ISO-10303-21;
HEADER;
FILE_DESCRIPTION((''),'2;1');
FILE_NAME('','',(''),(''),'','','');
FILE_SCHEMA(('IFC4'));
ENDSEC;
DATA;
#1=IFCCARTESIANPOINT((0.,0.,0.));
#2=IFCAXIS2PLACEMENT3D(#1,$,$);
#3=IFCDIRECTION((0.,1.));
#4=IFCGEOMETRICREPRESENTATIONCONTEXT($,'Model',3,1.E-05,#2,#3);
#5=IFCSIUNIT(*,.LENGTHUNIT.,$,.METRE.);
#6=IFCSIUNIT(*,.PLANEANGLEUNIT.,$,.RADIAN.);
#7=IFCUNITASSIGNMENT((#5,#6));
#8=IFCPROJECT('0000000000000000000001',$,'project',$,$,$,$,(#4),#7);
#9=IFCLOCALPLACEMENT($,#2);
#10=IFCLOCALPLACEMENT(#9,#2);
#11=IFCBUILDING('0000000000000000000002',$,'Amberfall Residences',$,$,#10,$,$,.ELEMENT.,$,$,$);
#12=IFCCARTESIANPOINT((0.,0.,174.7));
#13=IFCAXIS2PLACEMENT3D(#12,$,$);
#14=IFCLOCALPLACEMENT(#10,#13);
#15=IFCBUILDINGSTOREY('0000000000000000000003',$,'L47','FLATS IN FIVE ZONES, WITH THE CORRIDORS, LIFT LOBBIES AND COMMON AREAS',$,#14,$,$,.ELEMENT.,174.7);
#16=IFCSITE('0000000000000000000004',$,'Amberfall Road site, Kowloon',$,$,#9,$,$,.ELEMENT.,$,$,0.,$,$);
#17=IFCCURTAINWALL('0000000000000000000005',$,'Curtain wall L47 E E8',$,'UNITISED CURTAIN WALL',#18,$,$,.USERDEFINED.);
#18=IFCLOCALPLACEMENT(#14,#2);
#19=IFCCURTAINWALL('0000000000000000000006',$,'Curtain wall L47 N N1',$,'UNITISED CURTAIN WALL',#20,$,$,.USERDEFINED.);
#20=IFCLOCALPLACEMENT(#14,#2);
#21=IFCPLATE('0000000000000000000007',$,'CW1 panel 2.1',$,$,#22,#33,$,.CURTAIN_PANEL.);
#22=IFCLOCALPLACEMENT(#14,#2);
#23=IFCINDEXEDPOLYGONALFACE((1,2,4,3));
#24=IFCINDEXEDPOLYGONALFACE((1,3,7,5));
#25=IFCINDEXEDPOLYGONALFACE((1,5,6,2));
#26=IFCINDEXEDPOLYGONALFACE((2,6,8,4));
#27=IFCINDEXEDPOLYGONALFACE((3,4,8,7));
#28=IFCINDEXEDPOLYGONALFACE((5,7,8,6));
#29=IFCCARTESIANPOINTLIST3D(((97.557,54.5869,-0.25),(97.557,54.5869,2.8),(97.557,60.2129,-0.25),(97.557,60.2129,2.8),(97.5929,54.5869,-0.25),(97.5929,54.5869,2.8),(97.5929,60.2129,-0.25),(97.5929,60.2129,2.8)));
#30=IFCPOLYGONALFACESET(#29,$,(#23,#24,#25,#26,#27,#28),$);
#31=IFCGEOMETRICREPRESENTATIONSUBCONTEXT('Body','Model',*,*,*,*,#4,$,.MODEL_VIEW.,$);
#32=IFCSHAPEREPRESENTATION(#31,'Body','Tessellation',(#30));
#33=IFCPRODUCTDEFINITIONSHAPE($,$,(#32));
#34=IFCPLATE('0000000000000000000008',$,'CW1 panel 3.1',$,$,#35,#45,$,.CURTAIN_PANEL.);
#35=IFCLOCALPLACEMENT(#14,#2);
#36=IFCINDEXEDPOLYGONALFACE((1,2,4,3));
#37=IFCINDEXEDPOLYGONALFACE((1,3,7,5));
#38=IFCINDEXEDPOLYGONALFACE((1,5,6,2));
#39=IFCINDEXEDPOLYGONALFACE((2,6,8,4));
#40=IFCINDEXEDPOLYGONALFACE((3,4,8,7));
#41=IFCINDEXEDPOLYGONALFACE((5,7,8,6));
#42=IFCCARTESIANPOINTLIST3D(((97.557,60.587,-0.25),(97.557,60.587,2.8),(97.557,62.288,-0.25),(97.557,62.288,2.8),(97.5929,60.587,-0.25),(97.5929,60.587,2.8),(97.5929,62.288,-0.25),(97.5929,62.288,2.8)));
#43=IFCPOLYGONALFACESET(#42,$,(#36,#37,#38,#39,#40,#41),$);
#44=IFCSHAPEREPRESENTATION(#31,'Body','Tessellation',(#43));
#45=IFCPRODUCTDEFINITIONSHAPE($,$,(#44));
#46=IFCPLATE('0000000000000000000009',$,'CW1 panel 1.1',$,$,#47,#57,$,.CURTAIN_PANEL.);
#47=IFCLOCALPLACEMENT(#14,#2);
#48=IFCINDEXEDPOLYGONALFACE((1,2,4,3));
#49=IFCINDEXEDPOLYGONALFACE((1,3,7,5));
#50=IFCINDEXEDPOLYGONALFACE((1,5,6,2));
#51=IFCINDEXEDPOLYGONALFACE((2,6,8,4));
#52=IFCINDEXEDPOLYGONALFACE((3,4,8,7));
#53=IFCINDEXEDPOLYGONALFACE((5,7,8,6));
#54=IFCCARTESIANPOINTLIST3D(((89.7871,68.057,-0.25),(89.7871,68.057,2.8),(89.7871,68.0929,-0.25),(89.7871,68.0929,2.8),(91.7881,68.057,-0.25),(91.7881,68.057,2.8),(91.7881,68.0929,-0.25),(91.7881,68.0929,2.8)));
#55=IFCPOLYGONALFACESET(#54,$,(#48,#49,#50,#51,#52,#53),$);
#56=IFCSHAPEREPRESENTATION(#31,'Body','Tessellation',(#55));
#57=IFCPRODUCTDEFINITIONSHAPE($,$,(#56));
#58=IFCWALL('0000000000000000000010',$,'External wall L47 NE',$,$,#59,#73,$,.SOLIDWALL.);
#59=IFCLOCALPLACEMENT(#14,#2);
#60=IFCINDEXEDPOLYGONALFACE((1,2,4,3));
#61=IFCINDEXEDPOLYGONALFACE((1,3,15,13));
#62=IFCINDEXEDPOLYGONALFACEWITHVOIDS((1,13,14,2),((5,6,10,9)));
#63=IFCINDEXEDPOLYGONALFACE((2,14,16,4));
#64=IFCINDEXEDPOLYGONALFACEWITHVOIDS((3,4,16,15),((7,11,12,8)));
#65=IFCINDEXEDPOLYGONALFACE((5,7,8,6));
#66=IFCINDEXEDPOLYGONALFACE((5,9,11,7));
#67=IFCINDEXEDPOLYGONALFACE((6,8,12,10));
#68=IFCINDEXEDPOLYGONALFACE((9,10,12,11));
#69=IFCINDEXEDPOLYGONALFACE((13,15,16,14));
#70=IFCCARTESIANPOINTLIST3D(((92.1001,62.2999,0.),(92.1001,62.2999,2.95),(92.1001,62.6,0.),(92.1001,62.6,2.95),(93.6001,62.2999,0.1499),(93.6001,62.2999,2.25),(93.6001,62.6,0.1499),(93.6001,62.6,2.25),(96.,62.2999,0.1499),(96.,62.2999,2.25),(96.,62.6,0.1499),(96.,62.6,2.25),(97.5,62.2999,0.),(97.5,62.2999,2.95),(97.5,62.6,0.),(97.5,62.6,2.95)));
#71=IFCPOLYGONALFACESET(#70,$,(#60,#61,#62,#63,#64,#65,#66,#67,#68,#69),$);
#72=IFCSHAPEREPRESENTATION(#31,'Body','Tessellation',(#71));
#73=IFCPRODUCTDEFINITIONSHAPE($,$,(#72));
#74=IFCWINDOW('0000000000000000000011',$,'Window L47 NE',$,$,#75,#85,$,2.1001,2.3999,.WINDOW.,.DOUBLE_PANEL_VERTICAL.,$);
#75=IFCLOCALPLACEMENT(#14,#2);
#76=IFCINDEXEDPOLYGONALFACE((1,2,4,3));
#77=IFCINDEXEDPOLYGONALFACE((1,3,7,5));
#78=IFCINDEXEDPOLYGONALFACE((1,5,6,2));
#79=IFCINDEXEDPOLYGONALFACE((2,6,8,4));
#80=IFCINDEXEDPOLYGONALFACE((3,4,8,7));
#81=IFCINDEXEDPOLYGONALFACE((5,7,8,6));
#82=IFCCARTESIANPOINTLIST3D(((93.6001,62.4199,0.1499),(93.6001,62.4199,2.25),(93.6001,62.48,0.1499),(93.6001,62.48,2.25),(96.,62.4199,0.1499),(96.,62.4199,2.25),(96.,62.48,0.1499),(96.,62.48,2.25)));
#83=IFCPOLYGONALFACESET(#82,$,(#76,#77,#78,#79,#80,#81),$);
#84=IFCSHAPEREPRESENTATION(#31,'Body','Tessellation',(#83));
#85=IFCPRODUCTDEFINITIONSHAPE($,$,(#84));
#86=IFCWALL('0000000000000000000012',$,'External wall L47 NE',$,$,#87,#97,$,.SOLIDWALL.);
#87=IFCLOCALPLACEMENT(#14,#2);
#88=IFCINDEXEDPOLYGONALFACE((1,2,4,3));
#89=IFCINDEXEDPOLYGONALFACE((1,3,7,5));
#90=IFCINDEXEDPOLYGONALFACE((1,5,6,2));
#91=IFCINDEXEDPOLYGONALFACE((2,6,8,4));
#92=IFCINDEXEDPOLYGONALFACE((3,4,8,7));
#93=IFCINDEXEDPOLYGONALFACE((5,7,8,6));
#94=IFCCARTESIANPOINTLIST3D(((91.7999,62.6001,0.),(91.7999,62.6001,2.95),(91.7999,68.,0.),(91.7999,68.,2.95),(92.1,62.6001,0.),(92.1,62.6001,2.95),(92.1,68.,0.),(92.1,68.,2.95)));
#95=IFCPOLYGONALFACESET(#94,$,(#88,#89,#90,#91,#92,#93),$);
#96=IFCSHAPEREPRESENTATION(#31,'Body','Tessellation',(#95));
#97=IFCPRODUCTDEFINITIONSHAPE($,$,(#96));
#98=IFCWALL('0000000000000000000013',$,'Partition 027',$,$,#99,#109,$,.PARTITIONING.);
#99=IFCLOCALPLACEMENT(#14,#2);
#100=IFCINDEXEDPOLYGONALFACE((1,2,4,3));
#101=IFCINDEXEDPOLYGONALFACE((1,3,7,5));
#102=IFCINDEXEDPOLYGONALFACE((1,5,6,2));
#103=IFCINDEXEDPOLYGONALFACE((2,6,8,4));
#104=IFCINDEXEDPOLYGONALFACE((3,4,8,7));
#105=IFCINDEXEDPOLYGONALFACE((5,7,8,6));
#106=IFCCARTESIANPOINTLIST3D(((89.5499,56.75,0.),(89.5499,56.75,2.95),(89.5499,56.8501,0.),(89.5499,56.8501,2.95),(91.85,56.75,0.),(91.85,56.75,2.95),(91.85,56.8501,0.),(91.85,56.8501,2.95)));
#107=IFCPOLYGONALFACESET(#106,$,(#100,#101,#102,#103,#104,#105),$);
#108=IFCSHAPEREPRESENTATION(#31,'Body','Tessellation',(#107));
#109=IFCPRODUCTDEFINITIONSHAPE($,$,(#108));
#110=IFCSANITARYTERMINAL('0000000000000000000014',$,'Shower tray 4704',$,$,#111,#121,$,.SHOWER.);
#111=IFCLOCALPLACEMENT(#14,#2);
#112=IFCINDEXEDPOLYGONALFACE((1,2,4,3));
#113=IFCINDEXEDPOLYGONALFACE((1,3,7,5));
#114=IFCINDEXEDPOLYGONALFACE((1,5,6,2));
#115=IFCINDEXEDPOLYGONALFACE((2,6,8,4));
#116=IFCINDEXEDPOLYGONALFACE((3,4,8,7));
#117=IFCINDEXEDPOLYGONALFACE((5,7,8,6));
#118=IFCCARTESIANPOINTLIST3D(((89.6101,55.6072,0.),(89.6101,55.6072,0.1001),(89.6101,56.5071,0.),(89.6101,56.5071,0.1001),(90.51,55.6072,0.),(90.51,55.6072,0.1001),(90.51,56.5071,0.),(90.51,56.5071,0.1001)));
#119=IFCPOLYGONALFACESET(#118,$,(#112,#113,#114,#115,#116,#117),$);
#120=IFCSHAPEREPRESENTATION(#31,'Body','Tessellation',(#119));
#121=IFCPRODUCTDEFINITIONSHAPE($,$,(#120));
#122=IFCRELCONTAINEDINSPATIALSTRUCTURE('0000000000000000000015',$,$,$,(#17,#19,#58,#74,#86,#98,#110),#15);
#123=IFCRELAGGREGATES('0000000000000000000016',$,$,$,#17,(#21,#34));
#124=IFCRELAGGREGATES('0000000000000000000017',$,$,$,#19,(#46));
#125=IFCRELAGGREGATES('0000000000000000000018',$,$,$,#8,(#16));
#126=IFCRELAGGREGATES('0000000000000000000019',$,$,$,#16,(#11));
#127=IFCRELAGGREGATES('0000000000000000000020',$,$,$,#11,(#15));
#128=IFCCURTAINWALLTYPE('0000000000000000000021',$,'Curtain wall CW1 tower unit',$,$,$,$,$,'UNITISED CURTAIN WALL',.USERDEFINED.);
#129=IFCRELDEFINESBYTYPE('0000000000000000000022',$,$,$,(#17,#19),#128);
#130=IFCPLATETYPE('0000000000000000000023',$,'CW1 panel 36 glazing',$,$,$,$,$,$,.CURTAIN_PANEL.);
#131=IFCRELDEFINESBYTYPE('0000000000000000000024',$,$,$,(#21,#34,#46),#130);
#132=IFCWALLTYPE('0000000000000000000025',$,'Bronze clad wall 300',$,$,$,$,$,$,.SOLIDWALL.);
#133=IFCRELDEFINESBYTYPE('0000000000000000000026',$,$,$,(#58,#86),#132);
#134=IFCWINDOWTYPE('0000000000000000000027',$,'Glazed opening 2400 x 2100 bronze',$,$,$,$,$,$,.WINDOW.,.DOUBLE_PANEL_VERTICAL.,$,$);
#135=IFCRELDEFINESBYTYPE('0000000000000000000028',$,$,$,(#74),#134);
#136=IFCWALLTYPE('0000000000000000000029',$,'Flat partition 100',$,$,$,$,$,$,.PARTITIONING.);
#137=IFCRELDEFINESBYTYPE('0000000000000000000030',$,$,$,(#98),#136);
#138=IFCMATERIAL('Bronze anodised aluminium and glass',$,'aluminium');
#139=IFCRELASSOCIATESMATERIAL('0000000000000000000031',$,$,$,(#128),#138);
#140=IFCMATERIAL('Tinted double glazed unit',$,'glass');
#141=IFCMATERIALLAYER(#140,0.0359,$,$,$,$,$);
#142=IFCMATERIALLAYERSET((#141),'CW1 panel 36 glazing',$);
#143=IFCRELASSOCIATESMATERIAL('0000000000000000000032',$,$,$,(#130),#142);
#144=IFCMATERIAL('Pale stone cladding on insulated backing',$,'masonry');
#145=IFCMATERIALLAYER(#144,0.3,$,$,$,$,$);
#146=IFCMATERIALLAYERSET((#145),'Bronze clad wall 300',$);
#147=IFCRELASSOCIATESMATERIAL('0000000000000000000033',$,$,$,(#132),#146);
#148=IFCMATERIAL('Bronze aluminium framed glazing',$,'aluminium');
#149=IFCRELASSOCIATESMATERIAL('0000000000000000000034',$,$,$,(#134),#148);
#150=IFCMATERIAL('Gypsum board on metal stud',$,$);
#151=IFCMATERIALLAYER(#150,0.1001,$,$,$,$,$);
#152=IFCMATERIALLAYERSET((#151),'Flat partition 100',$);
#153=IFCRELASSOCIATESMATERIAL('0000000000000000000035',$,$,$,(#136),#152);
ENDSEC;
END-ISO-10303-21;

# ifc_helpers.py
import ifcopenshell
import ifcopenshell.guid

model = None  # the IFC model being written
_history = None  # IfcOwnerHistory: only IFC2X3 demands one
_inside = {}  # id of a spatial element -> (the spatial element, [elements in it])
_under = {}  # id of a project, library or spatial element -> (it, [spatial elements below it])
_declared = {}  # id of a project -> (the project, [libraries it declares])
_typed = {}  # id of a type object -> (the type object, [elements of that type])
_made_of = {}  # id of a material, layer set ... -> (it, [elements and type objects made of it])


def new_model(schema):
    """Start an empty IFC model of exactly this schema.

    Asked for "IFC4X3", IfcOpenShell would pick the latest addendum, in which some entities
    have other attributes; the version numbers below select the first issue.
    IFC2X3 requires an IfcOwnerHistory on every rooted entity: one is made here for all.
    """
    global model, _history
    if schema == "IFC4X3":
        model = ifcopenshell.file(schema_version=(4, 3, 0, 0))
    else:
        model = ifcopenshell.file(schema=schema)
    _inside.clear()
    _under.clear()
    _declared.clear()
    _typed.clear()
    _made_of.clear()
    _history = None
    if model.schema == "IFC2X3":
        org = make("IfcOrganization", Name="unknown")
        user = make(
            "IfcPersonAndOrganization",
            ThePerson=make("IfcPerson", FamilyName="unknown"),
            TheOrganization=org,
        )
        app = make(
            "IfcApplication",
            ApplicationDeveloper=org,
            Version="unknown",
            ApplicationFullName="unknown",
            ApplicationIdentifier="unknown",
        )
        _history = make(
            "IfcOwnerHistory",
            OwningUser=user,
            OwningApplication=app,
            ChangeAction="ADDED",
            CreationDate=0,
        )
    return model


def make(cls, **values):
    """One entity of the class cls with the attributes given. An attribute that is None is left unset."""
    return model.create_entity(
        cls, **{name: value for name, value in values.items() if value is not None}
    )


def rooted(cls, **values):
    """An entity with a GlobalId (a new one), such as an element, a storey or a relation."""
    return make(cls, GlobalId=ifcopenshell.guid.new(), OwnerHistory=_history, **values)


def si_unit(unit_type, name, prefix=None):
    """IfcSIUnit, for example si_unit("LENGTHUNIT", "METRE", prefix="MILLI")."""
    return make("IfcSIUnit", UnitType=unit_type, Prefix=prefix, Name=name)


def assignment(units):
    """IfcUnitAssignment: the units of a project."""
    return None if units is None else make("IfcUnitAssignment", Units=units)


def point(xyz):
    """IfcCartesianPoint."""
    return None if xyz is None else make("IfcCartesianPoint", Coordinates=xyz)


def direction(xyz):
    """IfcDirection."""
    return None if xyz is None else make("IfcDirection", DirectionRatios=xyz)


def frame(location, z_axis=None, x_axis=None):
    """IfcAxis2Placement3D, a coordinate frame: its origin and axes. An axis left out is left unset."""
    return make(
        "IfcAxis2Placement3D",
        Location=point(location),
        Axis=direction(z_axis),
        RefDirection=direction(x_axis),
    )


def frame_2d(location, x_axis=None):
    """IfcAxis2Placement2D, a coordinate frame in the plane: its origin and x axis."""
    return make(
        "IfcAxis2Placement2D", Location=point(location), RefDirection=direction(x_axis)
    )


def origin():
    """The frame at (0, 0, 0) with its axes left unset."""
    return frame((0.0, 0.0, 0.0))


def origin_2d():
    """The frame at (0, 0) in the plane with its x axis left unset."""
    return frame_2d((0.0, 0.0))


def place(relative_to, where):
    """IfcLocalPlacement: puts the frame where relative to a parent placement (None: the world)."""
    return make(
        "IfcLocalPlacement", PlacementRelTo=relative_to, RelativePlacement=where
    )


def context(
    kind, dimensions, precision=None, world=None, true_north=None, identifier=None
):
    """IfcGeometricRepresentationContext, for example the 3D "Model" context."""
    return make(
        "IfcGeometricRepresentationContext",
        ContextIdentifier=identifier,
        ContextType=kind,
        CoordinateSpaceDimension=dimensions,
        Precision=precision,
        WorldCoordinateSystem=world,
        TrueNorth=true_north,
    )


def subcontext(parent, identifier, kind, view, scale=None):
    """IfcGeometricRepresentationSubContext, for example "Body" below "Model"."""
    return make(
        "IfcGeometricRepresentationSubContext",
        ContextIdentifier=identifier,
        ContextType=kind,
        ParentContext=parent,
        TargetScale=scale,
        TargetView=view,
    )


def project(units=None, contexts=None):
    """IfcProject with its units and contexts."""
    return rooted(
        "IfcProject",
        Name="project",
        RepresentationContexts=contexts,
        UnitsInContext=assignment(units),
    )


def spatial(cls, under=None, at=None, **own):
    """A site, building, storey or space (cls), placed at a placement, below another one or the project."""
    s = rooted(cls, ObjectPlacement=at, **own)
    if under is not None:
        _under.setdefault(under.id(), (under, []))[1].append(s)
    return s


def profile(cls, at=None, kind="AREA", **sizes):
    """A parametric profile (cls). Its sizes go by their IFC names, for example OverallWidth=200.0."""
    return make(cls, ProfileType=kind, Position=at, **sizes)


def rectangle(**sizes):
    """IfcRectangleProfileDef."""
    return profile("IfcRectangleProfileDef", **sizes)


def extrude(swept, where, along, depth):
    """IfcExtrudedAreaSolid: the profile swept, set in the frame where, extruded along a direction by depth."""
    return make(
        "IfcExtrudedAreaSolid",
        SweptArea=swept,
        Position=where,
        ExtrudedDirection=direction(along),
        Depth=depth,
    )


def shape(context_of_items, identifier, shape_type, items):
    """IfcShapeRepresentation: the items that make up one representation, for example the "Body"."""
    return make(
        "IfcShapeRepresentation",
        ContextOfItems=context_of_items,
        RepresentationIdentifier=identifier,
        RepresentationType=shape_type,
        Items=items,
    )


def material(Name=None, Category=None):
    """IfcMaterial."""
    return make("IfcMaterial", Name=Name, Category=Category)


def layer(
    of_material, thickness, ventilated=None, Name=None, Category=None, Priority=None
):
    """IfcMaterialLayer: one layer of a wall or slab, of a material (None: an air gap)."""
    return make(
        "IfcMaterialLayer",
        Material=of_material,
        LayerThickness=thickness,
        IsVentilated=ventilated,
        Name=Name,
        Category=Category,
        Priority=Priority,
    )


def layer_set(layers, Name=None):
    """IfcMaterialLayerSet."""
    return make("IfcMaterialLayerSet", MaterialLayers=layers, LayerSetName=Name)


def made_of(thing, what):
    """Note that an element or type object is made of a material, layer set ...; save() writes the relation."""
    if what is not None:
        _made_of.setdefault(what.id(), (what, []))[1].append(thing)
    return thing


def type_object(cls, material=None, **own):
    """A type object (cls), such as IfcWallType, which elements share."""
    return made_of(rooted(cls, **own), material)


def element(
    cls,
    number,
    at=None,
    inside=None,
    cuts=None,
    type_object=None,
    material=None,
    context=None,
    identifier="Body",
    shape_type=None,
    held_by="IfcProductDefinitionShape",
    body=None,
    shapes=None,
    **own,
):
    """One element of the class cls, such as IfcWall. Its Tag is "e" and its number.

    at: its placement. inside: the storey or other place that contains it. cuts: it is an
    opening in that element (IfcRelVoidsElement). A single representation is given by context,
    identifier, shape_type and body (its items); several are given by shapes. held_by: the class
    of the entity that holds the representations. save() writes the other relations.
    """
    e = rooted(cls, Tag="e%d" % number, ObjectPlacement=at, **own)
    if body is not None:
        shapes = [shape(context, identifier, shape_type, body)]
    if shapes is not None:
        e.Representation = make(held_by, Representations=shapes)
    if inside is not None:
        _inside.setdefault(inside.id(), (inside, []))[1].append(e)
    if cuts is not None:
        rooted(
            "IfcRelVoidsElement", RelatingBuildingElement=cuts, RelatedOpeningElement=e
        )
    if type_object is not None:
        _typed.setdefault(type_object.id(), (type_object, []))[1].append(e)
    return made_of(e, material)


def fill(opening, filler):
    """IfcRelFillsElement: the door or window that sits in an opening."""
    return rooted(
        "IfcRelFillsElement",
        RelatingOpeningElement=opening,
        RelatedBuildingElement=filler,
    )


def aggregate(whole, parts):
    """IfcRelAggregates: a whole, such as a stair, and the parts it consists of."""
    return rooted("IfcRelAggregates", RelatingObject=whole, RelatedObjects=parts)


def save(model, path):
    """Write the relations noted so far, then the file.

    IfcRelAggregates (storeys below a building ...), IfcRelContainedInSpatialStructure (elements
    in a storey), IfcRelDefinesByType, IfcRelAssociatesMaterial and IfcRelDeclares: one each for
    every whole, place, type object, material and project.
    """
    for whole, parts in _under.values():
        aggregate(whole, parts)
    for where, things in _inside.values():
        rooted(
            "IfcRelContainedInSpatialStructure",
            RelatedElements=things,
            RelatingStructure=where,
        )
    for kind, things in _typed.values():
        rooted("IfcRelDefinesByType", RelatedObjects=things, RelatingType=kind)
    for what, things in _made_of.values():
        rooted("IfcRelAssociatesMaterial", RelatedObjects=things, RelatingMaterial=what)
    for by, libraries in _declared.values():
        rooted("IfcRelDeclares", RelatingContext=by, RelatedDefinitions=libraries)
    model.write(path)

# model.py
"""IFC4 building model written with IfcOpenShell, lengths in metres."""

from ifc_helpers import new_model, si_unit, direction, frame, frame_2d, origin, origin_2d, place, context, subcontext, project, spatial, rectangle, extrude, material, layer, layer_set, type_object, element, fill, aggregate, save


model = new_model("IFC4")

# Units and contexts
model_context = context("Model", 3, precision=1e-05, world=origin(), true_north=direction((0.0, 1.0)))
body_context = subcontext(model_context, "Body", "Model", "MODEL_VIEW")
ifc_project = project(units=[si_unit("LENGTHUNIT", "METRE"), si_unit("PLANEANGLEUNIT", "RADIAN")], contexts=[model_context])

# Site, building, storey
site_placement = place(None, origin())
site = spatial("IfcSite", under=ifc_project, at=site_placement, Name="Amberfall Road site, Kowloon", CompositionType="ELEMENT", RefElevation=0.0)
building_placement = place(site_placement, origin())
building = spatial("IfcBuilding", under=site, at=building_placement, Name="Amberfall Residences", CompositionType="ELEMENT")
storey_placement = place(building_placement, frame((0.0, 0.0, 174.7)))
storey = spatial("IfcBuildingStorey", under=building, at=storey_placement, Name="L47", Description="FLATS IN FIVE ZONES, WITH THE CORRIDORS, LIFT LOBBIES AND COMMON AREAS", CompositionType="ELEMENT", Elevation=174.7)

# Curtain walls
ifc_material_1 = material(Name="Bronze anodised aluminium and glass", Category="aluminium")
curtain_wall_type = type_object("IfcCurtainWallType", Name="Curtain wall CW1 tower unit", ElementType="UNITISED CURTAIN WALL", PredefinedType="USERDEFINED", material=ifc_material_1)
curtain_wall_1_placement = place(storey_placement, origin())
curtain_wall_1 = element("IfcCurtainWall", 1, at=curtain_wall_1_placement, inside=storey, type_object=curtain_wall_type, Name="Curtain wall L47 E E8", ObjectType="UNITISED CURTAIN WALL", PredefinedType="USERDEFINED")
curtain_wall_2_placement = place(storey_placement, origin())
curtain_wall_2 = element("IfcCurtainWall", 2, at=curtain_wall_2_placement, inside=storey, type_object=curtain_wall_type, Name="Curtain wall L47 N N1", ObjectType="UNITISED CURTAIN WALL", PredefinedType="USERDEFINED")

# Plates
ifc_material_2 = material(Name="Tinted double glazed unit", Category="glass")
ifc_layer_1 = layer(ifc_material_2, 0.0359)
ifc_layer_set_1 = layer_set([ifc_layer_1], Name="CW1 panel 36 glazing")
plate_type = type_object("IfcPlateType", Name="CW1 panel 36 glazing", PredefinedType="CURTAIN_PANEL", material=ifc_layer_set_1)
plate_1_placement = place(storey_placement, frame((97.575, 57.3999, -0.25), z_axis=(0.0, 0.0, 1.0), x_axis=(0.0, 1.0, 0.0)))
plate_1 = element("IfcPlate", 3, at=plate_1_placement, type_object=plate_type, Name="CW1 panel 2.1", PredefinedType="CURTAIN_PANEL", context=body_context, shape_type="SweptSolid", body=[
    extrude(rectangle(XDim=5.626, YDim=0.0359, at=origin_2d()), origin(), (0.0, 0.0, 1.0), 3.05),
])
plate_2_placement = place(storey_placement, frame((97.575, 61.4375, -0.25), z_axis=(0.0, 0.0, 1.0), x_axis=(0.0, 1.0, 0.0)))
plate_2 = element("IfcPlate", 4, at=plate_2_placement, type_object=plate_type, Name="CW1 panel 3.1", PredefinedType="CURTAIN_PANEL", context=body_context, shape_type="SweptSolid", body=[
    extrude(rectangle(XDim=1.7009, YDim=0.0359, at=origin_2d()), origin(), (0.0, 0.0, 1.0), 3.05),
])
aggregate(curtain_wall_1, [plate_1, plate_2])
plate_3_placement = place(storey_placement, frame((90.7876, 68.075, -0.25), z_axis=(0.0, 0.0, 1.0), x_axis=(-1.0, 0.0, 0.0)))
plate_3 = element("IfcPlate", 5, at=plate_3_placement, type_object=plate_type, Name="CW1 panel 1.1", PredefinedType="CURTAIN_PANEL", context=body_context, shape_type="SweptSolid", body=[
    extrude(rectangle(XDim=2.001, YDim=0.0359, at=origin_2d()), origin(), (0.0, 0.0, 1.0), 3.05),
])
aggregate(curtain_wall_2, [plate_3])

# Wall, opening, window
ifc_material_3 = material(Name="Pale stone cladding on insulated backing", Category="masonry")
ifc_layer_2 = layer(ifc_material_3, 0.3)
ifc_layer_set_2 = layer_set([ifc_layer_2], Name="Bronze clad wall 300")
wall_type_1 = type_object("IfcWallType", Name="Bronze clad wall 300", PredefinedType="SOLIDWALL", material=ifc_layer_set_2)
wall_1_placement = place(storey_placement, frame((97.5, 62.45, 0.0), z_axis=(0.0, 0.0, 1.0), x_axis=(-1.0, 0.0, 0.0)))
wall_1 = element("IfcWall", 6, at=wall_1_placement, inside=storey, type_object=wall_type_1, Name="External wall L47 NE", PredefinedType="SOLIDWALL", context=body_context, shape_type="SweptSolid", body=[
    extrude(rectangle(XDim=5.3999, YDim=0.3, at=frame_2d((2.7, 0.0))), origin(), (0.0, 0.0, 1.0), 2.95),
])
opening_placement = place(wall_1_placement, frame((1.5, 0.0, 0.1499)))
opening = element("IfcOpeningElement", 7, at=opening_placement, cuts=wall_1, PredefinedType="OPENING", context=body_context, shape_type="SweptSolid", body=[
    extrude(rectangle(XDim=2.3999, YDim=2.1001, at=frame_2d((1.2, 1.05))), frame((0.0, 0.1599, 0.0), z_axis=(0.0, -1.0, 0.0), x_axis=(1.0, 0.0, 0.0)), (0.0, 0.0, 1.0), 0.3201),
])
ifc_material_4 = material(Name="Bronze aluminium framed glazing", Category="aluminium")
window_type = type_object("IfcWindowType", Name="Glazed opening 2400 x 2100 bronze", PartitioningType="DOUBLE_PANEL_VERTICAL", PredefinedType="WINDOW", material=ifc_material_4)
window_placement = place(opening_placement, origin())
window = element("IfcWindow", 8, at=window_placement, inside=storey, type_object=window_type, Name="Window L47 NE", OverallHeight=2.1001, OverallWidth=2.3999, PartitioningType="DOUBLE_PANEL_VERTICAL", PredefinedType="WINDOW", context=body_context, shape_type="SweptSolid", body=[
    extrude(rectangle(XDim=2.3999, YDim=2.1001, at=frame_2d((1.2, 1.05))), frame((0.0, 0.03, 0.0), z_axis=(0.0, -1.0, 0.0), x_axis=(1.0, 0.0, 0.0)), (0.0, 0.0, 1.0), 0.0601),
])
fill(opening, window)

# Walls
wall_2_placement = place(storey_placement, frame((91.95, 62.6001, 0.0), z_axis=(0.0, 0.0, 1.0), x_axis=(0.0, 1.0, 0.0)))
element("IfcWall", 9, at=wall_2_placement, inside=storey, type_object=wall_type_1, Name="External wall L47 NE", PredefinedType="SOLIDWALL", context=body_context, shape_type="SweptSolid", body=[
    extrude(rectangle(XDim=5.3999, YDim=0.3, at=frame_2d((2.7, 0.0))), origin(), (0.0, 0.0, 1.0), 2.95),
])
ifc_material_5 = material(Name="Gypsum board on metal stud")
ifc_layer_3 = layer(ifc_material_5, 0.1001)
ifc_layer_set_3 = layer_set([ifc_layer_3], Name="Flat partition 100")
wall_type_2 = type_object("IfcWallType", Name="Flat partition 100", PredefinedType="PARTITIONING", material=ifc_layer_set_3)
wall_3_placement = place(storey_placement, frame((89.55, 56.8, 0.0), z_axis=(0.0, 0.0, 1.0), x_axis=(1.0, 0.0, 0.0)))
element("IfcWall", 10, at=wall_3_placement, inside=storey, type_object=wall_type_2, Name="Partition 027", PredefinedType="PARTITIONING", context=body_context, shape_type="SweptSolid", body=[
    extrude(rectangle(XDim=2.3, YDim=0.1001, at=frame_2d((1.1499, 0.0))), origin(), (0.0, 0.0, 1.0), 2.95),
])

# Sanitary terminal
sanitary_terminal_placement = place(storey_placement, frame((90.0601, 56.0571, 0.0), z_axis=(0.0, 0.0, 1.0), x_axis=(1.0, 0.0, 0.0)))
element("IfcSanitaryTerminal", 11, at=sanitary_terminal_placement, inside=storey, Name="Shower tray 4704", PredefinedType="SHOWER", context=body_context, shape_type="SweptSolid", body=[
    extrude(rectangle(XDim=0.8999, YDim=0.8999, at=origin_2d()), origin(), (0.0, 0.0, 1.0), 0.1001),
])

save(model, "model.ifc")
